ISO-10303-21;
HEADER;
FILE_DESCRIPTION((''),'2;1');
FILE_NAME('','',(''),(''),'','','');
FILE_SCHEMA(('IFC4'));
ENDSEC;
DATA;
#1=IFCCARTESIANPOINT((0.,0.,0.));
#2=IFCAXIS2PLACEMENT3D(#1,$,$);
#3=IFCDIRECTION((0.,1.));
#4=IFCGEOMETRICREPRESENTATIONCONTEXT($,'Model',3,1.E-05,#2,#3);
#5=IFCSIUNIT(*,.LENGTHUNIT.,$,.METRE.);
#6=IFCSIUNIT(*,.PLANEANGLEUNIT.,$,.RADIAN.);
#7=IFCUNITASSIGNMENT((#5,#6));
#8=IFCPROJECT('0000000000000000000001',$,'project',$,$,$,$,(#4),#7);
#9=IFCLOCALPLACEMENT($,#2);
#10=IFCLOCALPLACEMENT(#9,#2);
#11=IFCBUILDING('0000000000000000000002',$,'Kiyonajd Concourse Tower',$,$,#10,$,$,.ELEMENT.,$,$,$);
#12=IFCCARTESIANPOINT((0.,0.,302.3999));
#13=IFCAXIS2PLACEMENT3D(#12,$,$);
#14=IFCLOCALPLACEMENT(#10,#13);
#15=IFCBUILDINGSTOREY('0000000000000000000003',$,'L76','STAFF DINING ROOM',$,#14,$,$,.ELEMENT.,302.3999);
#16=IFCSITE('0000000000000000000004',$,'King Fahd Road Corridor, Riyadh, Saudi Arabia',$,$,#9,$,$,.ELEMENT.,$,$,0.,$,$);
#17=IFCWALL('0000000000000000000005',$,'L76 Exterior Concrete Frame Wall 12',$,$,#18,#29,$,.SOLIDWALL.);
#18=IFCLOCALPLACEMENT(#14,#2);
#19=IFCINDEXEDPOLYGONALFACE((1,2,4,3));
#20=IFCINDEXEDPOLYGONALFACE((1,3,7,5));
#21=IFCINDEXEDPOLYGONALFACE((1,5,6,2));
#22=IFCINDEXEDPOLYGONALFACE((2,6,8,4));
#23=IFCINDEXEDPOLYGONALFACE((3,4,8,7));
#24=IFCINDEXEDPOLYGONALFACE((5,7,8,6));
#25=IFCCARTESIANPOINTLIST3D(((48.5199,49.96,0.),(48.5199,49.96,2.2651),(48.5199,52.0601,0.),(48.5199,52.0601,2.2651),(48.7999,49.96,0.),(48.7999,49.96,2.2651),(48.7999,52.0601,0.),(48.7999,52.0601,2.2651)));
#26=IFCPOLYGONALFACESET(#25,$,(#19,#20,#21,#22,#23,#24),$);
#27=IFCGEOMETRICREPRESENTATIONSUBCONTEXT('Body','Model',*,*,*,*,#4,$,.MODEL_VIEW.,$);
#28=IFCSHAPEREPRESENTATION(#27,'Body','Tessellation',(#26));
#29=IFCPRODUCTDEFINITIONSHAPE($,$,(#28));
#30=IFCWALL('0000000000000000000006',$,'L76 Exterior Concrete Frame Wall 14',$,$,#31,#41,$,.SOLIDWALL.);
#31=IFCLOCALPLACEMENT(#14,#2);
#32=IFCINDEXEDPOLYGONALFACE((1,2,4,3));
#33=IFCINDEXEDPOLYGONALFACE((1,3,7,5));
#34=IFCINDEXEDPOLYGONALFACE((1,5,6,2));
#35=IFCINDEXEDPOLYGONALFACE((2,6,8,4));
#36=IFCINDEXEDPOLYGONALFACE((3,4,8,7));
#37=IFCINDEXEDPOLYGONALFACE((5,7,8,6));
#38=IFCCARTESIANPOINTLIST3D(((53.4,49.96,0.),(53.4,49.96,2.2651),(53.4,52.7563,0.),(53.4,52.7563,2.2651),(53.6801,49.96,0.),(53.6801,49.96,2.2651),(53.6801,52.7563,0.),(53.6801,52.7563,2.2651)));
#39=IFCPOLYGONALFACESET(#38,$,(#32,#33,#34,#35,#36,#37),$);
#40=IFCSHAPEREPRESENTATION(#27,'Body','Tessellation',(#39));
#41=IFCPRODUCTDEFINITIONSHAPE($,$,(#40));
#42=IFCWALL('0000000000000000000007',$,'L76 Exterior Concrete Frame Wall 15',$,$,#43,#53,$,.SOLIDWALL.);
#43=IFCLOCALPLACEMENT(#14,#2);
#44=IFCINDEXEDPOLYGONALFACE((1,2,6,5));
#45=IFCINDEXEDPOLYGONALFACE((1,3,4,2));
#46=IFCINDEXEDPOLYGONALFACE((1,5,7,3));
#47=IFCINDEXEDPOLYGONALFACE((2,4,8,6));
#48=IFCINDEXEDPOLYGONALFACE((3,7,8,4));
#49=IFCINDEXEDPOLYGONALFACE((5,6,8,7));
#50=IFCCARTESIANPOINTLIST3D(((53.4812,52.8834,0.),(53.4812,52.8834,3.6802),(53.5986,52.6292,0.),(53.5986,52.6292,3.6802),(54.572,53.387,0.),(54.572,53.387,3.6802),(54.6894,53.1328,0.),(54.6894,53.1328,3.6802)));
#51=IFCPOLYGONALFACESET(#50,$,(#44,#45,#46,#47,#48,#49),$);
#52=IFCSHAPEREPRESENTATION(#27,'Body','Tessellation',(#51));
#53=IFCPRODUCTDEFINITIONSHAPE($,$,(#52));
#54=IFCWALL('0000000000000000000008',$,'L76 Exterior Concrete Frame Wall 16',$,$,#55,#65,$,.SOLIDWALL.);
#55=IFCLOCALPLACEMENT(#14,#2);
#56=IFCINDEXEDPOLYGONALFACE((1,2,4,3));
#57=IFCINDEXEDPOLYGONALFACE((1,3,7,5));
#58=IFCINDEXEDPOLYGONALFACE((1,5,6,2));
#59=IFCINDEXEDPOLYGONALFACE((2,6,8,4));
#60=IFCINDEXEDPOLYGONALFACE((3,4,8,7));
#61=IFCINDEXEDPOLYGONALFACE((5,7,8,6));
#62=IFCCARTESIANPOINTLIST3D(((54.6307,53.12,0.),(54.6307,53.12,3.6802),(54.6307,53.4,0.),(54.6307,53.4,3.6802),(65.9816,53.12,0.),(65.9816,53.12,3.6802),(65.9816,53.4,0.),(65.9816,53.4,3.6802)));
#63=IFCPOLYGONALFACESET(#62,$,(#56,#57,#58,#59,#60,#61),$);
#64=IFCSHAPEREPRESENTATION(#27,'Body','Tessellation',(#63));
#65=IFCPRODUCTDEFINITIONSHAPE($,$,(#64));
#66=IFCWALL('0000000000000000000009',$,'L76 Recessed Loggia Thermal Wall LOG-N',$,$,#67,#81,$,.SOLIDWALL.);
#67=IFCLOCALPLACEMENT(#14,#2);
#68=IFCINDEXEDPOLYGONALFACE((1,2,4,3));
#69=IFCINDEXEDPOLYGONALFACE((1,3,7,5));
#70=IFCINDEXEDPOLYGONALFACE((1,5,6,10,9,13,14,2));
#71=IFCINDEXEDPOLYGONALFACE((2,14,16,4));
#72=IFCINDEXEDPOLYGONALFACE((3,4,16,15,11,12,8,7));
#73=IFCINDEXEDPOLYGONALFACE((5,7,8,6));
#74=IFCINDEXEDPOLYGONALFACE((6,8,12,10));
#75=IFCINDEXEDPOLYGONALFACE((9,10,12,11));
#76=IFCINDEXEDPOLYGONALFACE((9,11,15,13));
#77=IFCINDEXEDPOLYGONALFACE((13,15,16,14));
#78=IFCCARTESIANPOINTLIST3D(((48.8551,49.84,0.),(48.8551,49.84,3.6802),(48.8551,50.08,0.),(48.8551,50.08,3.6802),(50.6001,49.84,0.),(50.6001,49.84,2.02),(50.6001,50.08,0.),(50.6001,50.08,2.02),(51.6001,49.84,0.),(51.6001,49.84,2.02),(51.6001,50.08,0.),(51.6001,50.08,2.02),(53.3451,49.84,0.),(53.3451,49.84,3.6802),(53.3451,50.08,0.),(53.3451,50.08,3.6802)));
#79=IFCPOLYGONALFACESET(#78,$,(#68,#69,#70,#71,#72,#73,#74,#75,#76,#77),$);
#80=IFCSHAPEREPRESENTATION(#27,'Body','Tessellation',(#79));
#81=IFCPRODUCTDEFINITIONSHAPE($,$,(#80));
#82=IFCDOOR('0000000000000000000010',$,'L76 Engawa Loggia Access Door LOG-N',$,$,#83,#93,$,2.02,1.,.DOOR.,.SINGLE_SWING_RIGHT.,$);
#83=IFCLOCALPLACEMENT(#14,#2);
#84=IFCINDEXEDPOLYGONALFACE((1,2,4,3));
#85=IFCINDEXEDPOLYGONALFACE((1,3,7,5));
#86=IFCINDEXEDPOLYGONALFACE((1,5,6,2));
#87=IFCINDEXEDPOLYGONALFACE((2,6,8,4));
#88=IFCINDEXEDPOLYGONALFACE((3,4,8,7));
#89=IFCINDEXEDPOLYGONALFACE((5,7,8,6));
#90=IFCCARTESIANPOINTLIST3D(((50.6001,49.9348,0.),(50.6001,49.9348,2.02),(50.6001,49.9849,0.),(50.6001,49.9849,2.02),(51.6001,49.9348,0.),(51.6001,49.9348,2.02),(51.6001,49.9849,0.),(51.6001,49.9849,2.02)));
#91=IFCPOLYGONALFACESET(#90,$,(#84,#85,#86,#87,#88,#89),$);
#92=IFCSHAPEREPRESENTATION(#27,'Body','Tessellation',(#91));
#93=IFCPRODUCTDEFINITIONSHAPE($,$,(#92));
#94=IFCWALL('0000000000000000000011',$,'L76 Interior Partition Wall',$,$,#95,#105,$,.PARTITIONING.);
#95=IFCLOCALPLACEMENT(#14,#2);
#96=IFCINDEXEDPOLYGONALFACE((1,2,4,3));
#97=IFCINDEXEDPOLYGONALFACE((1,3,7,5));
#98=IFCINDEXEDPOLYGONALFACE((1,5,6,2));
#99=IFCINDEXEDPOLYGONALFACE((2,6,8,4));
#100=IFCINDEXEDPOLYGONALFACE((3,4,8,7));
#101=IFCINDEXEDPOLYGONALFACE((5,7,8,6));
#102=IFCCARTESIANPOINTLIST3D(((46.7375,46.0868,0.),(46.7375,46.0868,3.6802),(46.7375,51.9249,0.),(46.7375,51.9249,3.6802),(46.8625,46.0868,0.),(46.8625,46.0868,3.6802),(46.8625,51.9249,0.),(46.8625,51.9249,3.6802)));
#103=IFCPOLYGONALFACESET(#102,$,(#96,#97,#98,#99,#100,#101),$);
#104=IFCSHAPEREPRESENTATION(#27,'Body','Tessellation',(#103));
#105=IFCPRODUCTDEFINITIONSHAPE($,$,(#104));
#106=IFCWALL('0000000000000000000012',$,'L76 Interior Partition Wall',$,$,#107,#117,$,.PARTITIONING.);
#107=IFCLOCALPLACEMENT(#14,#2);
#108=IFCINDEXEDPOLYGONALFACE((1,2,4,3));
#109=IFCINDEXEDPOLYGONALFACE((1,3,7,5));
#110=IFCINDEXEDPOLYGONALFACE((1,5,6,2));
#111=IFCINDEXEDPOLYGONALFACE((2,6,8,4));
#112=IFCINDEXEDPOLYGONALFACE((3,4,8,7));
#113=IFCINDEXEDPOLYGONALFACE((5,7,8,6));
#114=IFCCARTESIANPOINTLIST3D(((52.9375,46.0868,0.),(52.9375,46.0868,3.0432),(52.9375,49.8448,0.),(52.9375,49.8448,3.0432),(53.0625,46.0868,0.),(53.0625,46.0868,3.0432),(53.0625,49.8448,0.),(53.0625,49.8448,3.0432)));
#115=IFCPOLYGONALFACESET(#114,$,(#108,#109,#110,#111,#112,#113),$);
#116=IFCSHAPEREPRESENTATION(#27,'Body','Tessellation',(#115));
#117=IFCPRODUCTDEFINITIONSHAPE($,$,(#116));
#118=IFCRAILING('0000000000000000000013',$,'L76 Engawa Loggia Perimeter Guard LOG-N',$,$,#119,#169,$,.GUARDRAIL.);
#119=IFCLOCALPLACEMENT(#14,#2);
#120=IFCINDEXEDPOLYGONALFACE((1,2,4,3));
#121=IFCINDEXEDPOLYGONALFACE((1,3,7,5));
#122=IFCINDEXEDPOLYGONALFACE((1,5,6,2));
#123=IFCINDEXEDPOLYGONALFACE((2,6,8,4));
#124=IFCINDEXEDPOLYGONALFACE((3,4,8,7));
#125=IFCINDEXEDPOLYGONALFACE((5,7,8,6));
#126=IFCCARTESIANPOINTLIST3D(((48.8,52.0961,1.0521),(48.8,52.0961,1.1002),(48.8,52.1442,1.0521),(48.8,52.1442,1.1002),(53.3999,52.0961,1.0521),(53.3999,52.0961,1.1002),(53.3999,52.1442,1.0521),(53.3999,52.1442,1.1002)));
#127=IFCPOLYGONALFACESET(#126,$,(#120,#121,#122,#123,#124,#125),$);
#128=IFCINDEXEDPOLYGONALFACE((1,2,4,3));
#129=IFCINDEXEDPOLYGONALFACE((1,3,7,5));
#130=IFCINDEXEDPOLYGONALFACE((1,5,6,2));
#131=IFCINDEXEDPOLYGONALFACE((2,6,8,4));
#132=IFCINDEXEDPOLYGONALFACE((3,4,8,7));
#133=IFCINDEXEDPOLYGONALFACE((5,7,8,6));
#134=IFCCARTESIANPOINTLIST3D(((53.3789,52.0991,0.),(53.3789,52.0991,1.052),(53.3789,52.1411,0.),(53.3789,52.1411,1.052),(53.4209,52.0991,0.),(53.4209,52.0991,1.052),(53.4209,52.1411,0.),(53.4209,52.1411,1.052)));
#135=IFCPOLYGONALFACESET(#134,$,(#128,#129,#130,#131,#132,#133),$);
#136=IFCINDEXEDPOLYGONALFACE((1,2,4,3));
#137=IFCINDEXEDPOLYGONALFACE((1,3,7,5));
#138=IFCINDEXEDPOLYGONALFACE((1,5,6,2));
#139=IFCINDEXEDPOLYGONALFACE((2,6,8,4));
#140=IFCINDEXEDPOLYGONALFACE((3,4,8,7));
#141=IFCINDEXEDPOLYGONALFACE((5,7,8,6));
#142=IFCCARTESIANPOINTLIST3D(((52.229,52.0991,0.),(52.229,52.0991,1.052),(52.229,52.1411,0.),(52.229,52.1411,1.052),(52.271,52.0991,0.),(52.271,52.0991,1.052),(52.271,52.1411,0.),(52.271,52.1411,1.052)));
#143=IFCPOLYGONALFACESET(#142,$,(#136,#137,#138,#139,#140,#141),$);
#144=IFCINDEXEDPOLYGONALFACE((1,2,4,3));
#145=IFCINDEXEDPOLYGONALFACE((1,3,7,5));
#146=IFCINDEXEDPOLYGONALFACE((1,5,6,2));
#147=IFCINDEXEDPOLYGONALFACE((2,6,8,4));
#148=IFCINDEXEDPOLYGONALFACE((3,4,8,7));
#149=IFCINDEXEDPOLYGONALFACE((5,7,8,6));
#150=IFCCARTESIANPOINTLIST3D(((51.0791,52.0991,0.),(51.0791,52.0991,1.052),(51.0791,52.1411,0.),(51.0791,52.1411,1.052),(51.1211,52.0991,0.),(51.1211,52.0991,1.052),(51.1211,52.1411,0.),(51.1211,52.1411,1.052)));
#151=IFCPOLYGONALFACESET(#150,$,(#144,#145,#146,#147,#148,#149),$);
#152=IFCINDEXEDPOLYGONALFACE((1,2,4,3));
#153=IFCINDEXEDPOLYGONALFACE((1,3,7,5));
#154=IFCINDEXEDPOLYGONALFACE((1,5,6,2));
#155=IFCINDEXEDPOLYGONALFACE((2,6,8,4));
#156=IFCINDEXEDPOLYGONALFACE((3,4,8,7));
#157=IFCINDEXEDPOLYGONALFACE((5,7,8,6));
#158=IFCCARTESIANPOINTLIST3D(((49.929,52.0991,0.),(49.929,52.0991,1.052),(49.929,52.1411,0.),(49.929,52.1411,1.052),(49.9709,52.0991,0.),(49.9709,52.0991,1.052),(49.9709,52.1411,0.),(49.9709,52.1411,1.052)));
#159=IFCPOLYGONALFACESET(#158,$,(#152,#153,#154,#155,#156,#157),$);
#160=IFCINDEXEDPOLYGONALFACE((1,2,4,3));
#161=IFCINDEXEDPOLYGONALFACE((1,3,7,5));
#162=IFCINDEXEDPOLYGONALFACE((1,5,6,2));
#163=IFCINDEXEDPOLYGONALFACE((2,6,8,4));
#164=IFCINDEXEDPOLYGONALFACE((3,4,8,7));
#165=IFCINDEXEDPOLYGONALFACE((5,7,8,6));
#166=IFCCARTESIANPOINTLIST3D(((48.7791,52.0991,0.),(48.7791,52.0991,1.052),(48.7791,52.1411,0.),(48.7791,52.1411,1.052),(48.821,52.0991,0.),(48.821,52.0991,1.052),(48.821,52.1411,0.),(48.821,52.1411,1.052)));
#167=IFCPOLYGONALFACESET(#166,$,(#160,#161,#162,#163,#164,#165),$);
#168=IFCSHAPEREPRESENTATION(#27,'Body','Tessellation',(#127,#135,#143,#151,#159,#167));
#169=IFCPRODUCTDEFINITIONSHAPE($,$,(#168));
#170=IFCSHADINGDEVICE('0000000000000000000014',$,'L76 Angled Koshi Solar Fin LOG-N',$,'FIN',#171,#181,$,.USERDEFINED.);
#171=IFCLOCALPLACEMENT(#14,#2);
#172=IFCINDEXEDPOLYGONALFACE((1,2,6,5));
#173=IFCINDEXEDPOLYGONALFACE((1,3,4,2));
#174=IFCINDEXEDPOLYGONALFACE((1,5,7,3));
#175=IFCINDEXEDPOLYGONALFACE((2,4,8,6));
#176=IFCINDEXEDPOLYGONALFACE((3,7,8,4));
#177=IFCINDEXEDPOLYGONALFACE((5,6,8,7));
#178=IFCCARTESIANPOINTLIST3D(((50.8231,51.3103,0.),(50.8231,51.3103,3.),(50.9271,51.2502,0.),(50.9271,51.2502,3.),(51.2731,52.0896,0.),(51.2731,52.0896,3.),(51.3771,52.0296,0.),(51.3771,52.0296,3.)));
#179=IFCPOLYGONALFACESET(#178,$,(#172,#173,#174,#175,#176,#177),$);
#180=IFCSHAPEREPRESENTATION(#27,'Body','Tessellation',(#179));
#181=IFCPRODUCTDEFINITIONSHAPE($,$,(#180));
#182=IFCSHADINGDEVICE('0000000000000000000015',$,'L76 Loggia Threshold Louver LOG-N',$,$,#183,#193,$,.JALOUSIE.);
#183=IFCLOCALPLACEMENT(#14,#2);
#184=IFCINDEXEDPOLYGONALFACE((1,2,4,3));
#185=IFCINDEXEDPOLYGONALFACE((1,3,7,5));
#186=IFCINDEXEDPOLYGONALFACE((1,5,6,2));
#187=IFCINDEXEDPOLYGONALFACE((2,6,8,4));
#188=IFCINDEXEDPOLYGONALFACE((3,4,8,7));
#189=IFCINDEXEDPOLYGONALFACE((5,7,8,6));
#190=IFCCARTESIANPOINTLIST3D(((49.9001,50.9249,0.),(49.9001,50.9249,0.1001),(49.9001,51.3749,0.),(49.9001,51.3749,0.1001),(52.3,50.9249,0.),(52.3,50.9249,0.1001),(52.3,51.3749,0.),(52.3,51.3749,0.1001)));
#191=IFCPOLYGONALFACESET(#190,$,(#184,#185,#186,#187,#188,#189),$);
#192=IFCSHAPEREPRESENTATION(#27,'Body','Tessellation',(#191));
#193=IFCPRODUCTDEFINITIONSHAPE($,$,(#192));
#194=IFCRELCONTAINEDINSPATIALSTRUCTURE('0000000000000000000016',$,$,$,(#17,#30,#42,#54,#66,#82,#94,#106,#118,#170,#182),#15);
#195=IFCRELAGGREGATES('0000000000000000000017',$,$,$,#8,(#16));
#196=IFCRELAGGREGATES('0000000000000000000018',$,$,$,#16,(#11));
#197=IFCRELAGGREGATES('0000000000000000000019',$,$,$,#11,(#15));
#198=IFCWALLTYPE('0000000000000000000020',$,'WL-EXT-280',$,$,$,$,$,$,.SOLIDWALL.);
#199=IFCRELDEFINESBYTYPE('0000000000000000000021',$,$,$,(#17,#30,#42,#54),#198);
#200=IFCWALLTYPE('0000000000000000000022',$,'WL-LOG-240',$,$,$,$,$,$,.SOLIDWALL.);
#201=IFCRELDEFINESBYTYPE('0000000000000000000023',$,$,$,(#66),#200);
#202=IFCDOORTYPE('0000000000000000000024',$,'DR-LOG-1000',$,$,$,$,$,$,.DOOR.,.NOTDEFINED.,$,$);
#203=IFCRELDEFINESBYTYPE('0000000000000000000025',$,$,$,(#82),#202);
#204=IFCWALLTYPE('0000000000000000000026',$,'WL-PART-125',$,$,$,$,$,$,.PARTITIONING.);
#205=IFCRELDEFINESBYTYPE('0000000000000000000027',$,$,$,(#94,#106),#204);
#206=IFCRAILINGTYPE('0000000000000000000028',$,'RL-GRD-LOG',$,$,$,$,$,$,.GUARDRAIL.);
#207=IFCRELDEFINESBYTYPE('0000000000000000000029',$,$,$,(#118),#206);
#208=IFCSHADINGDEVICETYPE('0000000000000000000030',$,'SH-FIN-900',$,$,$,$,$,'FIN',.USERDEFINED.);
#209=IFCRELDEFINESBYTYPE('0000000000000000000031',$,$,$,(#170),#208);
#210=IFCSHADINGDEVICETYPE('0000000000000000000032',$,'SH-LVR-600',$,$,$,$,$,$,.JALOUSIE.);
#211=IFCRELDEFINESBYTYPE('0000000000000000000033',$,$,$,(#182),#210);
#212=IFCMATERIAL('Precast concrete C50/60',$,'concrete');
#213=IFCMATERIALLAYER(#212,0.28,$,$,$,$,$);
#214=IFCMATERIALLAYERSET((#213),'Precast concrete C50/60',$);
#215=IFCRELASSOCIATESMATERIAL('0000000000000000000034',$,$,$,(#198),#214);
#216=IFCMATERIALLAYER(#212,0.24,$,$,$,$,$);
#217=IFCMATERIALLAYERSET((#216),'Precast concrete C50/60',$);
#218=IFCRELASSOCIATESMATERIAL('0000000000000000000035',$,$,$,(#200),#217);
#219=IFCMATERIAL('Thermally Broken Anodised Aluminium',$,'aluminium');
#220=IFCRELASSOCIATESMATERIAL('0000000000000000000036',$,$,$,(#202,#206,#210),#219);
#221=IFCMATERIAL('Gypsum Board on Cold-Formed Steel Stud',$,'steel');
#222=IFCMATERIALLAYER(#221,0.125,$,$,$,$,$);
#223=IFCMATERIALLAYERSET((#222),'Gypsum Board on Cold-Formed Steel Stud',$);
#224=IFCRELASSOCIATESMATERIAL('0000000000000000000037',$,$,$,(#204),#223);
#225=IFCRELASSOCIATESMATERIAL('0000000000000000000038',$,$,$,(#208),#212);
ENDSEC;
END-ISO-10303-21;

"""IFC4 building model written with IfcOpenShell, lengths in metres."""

from ifc_helpers import new_model, si_unit, direction, frame, frame_2d, origin, origin_2d, place, context, subcontext, project, spatial, rectangle, extrude, material, layer, layer_set, type_object, element, fill, save


model = new_model("IFC4")

# Units and contexts
model_context = context("Model", 3, precision=1e-05, world=origin(), true_north=direction((0.0, 1.0)))
body_context = subcontext(model_context, "Body", "Model", "MODEL_VIEW")
ifc_project = project(units=[si_unit("LENGTHUNIT", "METRE"), si_unit("PLANEANGLEUNIT", "RADIAN")], contexts=[model_context])

# Site, building, storey
site_placement = place(None, origin())
site = spatial("IfcSite", under=ifc_project, at=site_placement, Name="King Fahd Road Corridor, Riyadh, Saudi Arabia", CompositionType="ELEMENT", RefElevation=0.0)
building_placement = place(site_placement, origin())
building = spatial("IfcBuilding", under=site, at=building_placement, Name="Kiyonajd Concourse Tower", CompositionType="ELEMENT")
storey_placement = place(building_placement, frame((0.0, 0.0, 302.3999)))
storey = spatial("IfcBuildingStorey", under=building, at=storey_placement, Name="L76", Description="STAFF DINING ROOM", CompositionType="ELEMENT", Elevation=302.3999)

# Shared definitions
ifc_material_1 = material(Name="Thermally Broken Anodised Aluminium", Category="aluminium")

# Walls
ifc_material_2 = material(Name="Precast concrete C50/60", Category="concrete")
ifc_layer_1 = layer(ifc_material_2, 0.28)
ifc_layer_set_1 = layer_set([ifc_layer_1], Name="Precast concrete C50/60")
wall_type_1 = type_object("IfcWallType", Name="WL-EXT-280", PredefinedType="SOLIDWALL", material=ifc_layer_set_1)
wall_1_placement = place(storey_placement, frame((48.6599, 52.0601, 0.0), z_axis=(0.0, 0.0, 1.0), x_axis=(0.0, -1.0, 0.0)))
element("IfcWall", 1, at=wall_1_placement, inside=storey, type_object=wall_type_1, Name="L76 Exterior Concrete Frame Wall 12", PredefinedType="SOLIDWALL", context=body_context, shape_type="SweptSolid", body=[
    extrude(rectangle(XDim=2.1001, YDim=0.28, at=frame_2d((1.05, 0.0))), origin(), (0.0, 0.0, 1.0), 2.2651),
])
wall_2_placement = place(storey_placement, frame((53.54, 49.96, 0.0), z_axis=(0.0, 0.0, 1.0), x_axis=(0.0, 1.0, 0.0)))
element("IfcWall", 2, at=wall_2_placement, inside=storey, type_object=wall_type_1, Name="L76 Exterior Concrete Frame Wall 14", PredefinedType="SOLIDWALL", context=body_context, shape_type="SweptSolid", body=[
    extrude(rectangle(XDim=2.7964, YDim=0.28, at=frame_2d((1.3982, 0.0))), origin(), (0.0, 0.0, 1.0), 2.2651),
])
wall_3_placement = place(storey_placement, frame((53.54, 52.7563, 0.0), z_axis=(0.0, 0.0, 1.0), x_axis=(0.907894, 0.4192, 0.0)))
element("IfcWall", 3, at=wall_3_placement, inside=storey, type_object=wall_type_1, Name="L76 Exterior Concrete Frame Wall 15", PredefinedType="SOLIDWALL", context=body_context, shape_type="SweptSolid", body=[
    extrude(rectangle(XDim=1.2014, YDim=0.28, at=frame_2d((0.6006, 0.0))), origin(), (0.0, 0.0, 1.0), 3.6802),
])
wall_4_placement = place(storey_placement, frame((54.6309, 53.26, 0.0), z_axis=(0.0, 0.0, 1.0), x_axis=(1.0, 0.0, 0.0)))
element("IfcWall", 4, at=wall_4_placement, inside=storey, type_object=wall_type_1, Name="L76 Exterior Concrete Frame Wall 16", PredefinedType="SOLIDWALL", context=body_context, shape_type="SweptSolid", body=[
    extrude(rectangle(XDim=11.3508, YDim=0.28, at=frame_2d((5.6753, 0.0))), origin(), (0.0, 0.0, 1.0), 3.6802),
])

# Wall, opening, door
ifc_layer_2 = layer(ifc_material_2, 0.24)
ifc_layer_set_2 = layer_set([ifc_layer_2], Name="Precast concrete C50/60")
wall_type_2 = type_object("IfcWallType", Name="WL-LOG-240", PredefinedType="SOLIDWALL", material=ifc_layer_set_2)
wall_5_placement = place(storey_placement, frame((48.855, 49.96, 0.0), z_axis=(0.0, 0.0, 1.0), x_axis=(1.0, 0.0, 0.0)))
wall_5 = element("IfcWall", 5, at=wall_5_placement, inside=storey, type_object=wall_type_2, Name="L76 Recessed Loggia Thermal Wall LOG-N", PredefinedType="SOLIDWALL", context=body_context, shape_type="SweptSolid", body=[
    extrude(rectangle(XDim=4.49, YDim=0.24, at=frame_2d((2.2451, 0.0))), origin(), (0.0, 0.0, 1.0), 3.6802),
])
opening_placement = place(wall_5_placement, frame((1.7451, 0.0, 0.0)))
opening = element("IfcOpeningElement", 6, at=opening_placement, cuts=wall_5, PredefinedType="OPENING", context=body_context, shape_type="SweptSolid", body=[
    extrude(rectangle(XDim=1.0, YDim=2.02, at=frame_2d((0.5, 1.01))), frame((0.0, 0.1299, 0.0), z_axis=(0.0, -1.0, 0.0), x_axis=(1.0, 0.0, 0.0)), (0.0, 0.0, 1.0), 0.26),
])
door_type = type_object("IfcDoorType", Name="DR-LOG-1000", OperationType="NOTDEFINED", PredefinedType="DOOR", material=ifc_material_1)
door_placement = place(opening_placement, origin())
door = element("IfcDoor", 7, at=door_placement, inside=storey, type_object=door_type, Name="L76 Engawa Loggia Access Door LOG-N", OperationType="SINGLE_SWING_RIGHT", OverallHeight=2.02, OverallWidth=1.0, PredefinedType="DOOR", context=body_context, shape_type="SweptSolid", body=[
    extrude(rectangle(XDim=1.0, YDim=2.02, at=frame_2d((0.5, 1.01))), frame((0.0, 0.0249, 0.0), z_axis=(0.0, -1.0, 0.0), x_axis=(1.0, 0.0, 0.0)), (0.0, 0.0, 1.0), 0.05),
])
fill(opening, door)

# Walls
ifc_material_3 = material(Name="Gypsum Board on Cold-Formed Steel Stud", Category="steel")
ifc_layer_3 = layer(ifc_material_3, 0.125)
ifc_layer_set_3 = layer_set([ifc_layer_3], Name="Gypsum Board on Cold-Formed Steel Stud")
wall_type_3 = type_object("IfcWallType", Name="WL-PART-125", PredefinedType="PARTITIONING", material=ifc_layer_set_3)
wall_6_placement = place(storey_placement, frame((46.8, 46.0869, 0.0), z_axis=(0.0, 0.0, 1.0), x_axis=(0.0, 1.0, 0.0)))
element("IfcWall", 8, at=wall_6_placement, inside=storey, type_object=wall_type_3, Name="L76 Interior Partition Wall", PredefinedType="PARTITIONING", context=body_context, shape_type="SweptSolid", body=[
    extrude(rectangle(XDim=5.8381, YDim=0.125, at=frame_2d((2.9189, 0.0))), origin(), (0.0, 0.0, 1.0), 3.6802),
])
wall_7_placement = place(storey_placement, frame((53.0, 46.0869, 0.0), z_axis=(0.0, 0.0, 1.0), x_axis=(0.0, 1.0, 0.0)))
element("IfcWall", 9, at=wall_7_placement, inside=storey, type_object=wall_type_3, Name="L76 Interior Partition Wall", PredefinedType="PARTITIONING", context=body_context, shape_type="SweptSolid", body=[
    extrude(rectangle(XDim=3.7581, YDim=0.125, at=frame_2d((1.8789, 0.0))), origin(), (0.0, 0.0, 1.0), 3.0432),
])

# Railing
railing_type = type_object("IfcRailingType", Name="RL-GRD-LOG", PredefinedType="GUARDRAIL", material=ifc_material_1)
railing_placement = place(storey_placement, frame((53.3999, 52.1201, 0.0)))
element("IfcRailing", 10, at=railing_placement, inside=storey, type_object=railing_type, Name="L76 Engawa Loggia Perimeter Guard LOG-N", PredefinedType="GUARDRAIL", context=body_context, shape_type="SweptSolid", body=[
    extrude(rectangle(XDim=0.0481, YDim=0.0481, at=origin_2d()), frame((0.0, 0.0, 1.0762), z_axis=(-1.0, 0.0, 0.0), x_axis=(0.0, -1.0, 0.0)), (0.0, 0.0, 1.0), 4.5999),
    extrude(rectangle(XDim=0.042, YDim=0.042, at=origin_2d()), origin(), (0.0, 0.0, 1.0), 1.052),
    extrude(rectangle(XDim=0.042, YDim=0.042, at=origin_2d()), frame((-1.1499, 0.0, 0.0)), (0.0, 0.0, 1.0), 1.052),
    extrude(rectangle(XDim=0.042, YDim=0.042, at=origin_2d()), frame((-2.2998, 0.0, 0.0)), (0.0, 0.0, 1.0), 1.052),
    extrude(rectangle(XDim=0.042, YDim=0.042, at=origin_2d()), frame((-3.45, 0.0, 0.0)), (0.0, 0.0, 1.0), 1.052),
    extrude(rectangle(XDim=0.042, YDim=0.042, at=origin_2d()), frame((-4.5999, 0.0, 0.0)), (0.0, 0.0, 1.0), 1.052),
])

# Shading devices
shading_device_type_1 = type_object("IfcShadingDeviceType", Name="SH-FIN-900", ElementType="FIN", PredefinedType="USERDEFINED", material=ifc_material_2)
shading_device_1_placement = place(storey_placement, frame((51.1001, 51.6699, 0.0), z_axis=(0.0, 0.0, 1.0), x_axis=(0.5, 0.866025, 0.0)))
element("IfcShadingDevice", 11, at=shading_device_1_placement, inside=storey, type_object=shading_device_type_1, Name="L76 Angled Koshi Solar Fin LOG-N", ObjectType="FIN", PredefinedType="USERDEFINED", context=body_context, shape_type="SweptSolid", body=[
    extrude(rectangle(XDim=0.8999, YDim=0.1201, at=origin_2d()), origin(), (0.0, 0.0, 1.0), 3.0),
])
shading_device_type_2 = type_object("IfcShadingDeviceType", Name="SH-LVR-600", PredefinedType="JALOUSIE", material=ifc_material_1)
shading_device_2_placement = place(storey_placement, frame((51.1001, 51.1499, 0.0), z_axis=(0.0, 0.0, 1.0), x_axis=(1.0, 0.0, 0.0)))
element("IfcShadingDevice", 12, at=shading_device_2_placement, inside=storey, type_object=shading_device_type_2, Name="L76 Loggia Threshold Louver LOG-N", PredefinedType="JALOUSIE", context=body_context, shape_type="SweptSolid", body=[
    extrude(rectangle(XDim=2.3999, YDim=0.45, at=origin_2d()), origin(), (0.0, 0.0, 1.0), 0.1001),
])

save(model, "model.ifc")
